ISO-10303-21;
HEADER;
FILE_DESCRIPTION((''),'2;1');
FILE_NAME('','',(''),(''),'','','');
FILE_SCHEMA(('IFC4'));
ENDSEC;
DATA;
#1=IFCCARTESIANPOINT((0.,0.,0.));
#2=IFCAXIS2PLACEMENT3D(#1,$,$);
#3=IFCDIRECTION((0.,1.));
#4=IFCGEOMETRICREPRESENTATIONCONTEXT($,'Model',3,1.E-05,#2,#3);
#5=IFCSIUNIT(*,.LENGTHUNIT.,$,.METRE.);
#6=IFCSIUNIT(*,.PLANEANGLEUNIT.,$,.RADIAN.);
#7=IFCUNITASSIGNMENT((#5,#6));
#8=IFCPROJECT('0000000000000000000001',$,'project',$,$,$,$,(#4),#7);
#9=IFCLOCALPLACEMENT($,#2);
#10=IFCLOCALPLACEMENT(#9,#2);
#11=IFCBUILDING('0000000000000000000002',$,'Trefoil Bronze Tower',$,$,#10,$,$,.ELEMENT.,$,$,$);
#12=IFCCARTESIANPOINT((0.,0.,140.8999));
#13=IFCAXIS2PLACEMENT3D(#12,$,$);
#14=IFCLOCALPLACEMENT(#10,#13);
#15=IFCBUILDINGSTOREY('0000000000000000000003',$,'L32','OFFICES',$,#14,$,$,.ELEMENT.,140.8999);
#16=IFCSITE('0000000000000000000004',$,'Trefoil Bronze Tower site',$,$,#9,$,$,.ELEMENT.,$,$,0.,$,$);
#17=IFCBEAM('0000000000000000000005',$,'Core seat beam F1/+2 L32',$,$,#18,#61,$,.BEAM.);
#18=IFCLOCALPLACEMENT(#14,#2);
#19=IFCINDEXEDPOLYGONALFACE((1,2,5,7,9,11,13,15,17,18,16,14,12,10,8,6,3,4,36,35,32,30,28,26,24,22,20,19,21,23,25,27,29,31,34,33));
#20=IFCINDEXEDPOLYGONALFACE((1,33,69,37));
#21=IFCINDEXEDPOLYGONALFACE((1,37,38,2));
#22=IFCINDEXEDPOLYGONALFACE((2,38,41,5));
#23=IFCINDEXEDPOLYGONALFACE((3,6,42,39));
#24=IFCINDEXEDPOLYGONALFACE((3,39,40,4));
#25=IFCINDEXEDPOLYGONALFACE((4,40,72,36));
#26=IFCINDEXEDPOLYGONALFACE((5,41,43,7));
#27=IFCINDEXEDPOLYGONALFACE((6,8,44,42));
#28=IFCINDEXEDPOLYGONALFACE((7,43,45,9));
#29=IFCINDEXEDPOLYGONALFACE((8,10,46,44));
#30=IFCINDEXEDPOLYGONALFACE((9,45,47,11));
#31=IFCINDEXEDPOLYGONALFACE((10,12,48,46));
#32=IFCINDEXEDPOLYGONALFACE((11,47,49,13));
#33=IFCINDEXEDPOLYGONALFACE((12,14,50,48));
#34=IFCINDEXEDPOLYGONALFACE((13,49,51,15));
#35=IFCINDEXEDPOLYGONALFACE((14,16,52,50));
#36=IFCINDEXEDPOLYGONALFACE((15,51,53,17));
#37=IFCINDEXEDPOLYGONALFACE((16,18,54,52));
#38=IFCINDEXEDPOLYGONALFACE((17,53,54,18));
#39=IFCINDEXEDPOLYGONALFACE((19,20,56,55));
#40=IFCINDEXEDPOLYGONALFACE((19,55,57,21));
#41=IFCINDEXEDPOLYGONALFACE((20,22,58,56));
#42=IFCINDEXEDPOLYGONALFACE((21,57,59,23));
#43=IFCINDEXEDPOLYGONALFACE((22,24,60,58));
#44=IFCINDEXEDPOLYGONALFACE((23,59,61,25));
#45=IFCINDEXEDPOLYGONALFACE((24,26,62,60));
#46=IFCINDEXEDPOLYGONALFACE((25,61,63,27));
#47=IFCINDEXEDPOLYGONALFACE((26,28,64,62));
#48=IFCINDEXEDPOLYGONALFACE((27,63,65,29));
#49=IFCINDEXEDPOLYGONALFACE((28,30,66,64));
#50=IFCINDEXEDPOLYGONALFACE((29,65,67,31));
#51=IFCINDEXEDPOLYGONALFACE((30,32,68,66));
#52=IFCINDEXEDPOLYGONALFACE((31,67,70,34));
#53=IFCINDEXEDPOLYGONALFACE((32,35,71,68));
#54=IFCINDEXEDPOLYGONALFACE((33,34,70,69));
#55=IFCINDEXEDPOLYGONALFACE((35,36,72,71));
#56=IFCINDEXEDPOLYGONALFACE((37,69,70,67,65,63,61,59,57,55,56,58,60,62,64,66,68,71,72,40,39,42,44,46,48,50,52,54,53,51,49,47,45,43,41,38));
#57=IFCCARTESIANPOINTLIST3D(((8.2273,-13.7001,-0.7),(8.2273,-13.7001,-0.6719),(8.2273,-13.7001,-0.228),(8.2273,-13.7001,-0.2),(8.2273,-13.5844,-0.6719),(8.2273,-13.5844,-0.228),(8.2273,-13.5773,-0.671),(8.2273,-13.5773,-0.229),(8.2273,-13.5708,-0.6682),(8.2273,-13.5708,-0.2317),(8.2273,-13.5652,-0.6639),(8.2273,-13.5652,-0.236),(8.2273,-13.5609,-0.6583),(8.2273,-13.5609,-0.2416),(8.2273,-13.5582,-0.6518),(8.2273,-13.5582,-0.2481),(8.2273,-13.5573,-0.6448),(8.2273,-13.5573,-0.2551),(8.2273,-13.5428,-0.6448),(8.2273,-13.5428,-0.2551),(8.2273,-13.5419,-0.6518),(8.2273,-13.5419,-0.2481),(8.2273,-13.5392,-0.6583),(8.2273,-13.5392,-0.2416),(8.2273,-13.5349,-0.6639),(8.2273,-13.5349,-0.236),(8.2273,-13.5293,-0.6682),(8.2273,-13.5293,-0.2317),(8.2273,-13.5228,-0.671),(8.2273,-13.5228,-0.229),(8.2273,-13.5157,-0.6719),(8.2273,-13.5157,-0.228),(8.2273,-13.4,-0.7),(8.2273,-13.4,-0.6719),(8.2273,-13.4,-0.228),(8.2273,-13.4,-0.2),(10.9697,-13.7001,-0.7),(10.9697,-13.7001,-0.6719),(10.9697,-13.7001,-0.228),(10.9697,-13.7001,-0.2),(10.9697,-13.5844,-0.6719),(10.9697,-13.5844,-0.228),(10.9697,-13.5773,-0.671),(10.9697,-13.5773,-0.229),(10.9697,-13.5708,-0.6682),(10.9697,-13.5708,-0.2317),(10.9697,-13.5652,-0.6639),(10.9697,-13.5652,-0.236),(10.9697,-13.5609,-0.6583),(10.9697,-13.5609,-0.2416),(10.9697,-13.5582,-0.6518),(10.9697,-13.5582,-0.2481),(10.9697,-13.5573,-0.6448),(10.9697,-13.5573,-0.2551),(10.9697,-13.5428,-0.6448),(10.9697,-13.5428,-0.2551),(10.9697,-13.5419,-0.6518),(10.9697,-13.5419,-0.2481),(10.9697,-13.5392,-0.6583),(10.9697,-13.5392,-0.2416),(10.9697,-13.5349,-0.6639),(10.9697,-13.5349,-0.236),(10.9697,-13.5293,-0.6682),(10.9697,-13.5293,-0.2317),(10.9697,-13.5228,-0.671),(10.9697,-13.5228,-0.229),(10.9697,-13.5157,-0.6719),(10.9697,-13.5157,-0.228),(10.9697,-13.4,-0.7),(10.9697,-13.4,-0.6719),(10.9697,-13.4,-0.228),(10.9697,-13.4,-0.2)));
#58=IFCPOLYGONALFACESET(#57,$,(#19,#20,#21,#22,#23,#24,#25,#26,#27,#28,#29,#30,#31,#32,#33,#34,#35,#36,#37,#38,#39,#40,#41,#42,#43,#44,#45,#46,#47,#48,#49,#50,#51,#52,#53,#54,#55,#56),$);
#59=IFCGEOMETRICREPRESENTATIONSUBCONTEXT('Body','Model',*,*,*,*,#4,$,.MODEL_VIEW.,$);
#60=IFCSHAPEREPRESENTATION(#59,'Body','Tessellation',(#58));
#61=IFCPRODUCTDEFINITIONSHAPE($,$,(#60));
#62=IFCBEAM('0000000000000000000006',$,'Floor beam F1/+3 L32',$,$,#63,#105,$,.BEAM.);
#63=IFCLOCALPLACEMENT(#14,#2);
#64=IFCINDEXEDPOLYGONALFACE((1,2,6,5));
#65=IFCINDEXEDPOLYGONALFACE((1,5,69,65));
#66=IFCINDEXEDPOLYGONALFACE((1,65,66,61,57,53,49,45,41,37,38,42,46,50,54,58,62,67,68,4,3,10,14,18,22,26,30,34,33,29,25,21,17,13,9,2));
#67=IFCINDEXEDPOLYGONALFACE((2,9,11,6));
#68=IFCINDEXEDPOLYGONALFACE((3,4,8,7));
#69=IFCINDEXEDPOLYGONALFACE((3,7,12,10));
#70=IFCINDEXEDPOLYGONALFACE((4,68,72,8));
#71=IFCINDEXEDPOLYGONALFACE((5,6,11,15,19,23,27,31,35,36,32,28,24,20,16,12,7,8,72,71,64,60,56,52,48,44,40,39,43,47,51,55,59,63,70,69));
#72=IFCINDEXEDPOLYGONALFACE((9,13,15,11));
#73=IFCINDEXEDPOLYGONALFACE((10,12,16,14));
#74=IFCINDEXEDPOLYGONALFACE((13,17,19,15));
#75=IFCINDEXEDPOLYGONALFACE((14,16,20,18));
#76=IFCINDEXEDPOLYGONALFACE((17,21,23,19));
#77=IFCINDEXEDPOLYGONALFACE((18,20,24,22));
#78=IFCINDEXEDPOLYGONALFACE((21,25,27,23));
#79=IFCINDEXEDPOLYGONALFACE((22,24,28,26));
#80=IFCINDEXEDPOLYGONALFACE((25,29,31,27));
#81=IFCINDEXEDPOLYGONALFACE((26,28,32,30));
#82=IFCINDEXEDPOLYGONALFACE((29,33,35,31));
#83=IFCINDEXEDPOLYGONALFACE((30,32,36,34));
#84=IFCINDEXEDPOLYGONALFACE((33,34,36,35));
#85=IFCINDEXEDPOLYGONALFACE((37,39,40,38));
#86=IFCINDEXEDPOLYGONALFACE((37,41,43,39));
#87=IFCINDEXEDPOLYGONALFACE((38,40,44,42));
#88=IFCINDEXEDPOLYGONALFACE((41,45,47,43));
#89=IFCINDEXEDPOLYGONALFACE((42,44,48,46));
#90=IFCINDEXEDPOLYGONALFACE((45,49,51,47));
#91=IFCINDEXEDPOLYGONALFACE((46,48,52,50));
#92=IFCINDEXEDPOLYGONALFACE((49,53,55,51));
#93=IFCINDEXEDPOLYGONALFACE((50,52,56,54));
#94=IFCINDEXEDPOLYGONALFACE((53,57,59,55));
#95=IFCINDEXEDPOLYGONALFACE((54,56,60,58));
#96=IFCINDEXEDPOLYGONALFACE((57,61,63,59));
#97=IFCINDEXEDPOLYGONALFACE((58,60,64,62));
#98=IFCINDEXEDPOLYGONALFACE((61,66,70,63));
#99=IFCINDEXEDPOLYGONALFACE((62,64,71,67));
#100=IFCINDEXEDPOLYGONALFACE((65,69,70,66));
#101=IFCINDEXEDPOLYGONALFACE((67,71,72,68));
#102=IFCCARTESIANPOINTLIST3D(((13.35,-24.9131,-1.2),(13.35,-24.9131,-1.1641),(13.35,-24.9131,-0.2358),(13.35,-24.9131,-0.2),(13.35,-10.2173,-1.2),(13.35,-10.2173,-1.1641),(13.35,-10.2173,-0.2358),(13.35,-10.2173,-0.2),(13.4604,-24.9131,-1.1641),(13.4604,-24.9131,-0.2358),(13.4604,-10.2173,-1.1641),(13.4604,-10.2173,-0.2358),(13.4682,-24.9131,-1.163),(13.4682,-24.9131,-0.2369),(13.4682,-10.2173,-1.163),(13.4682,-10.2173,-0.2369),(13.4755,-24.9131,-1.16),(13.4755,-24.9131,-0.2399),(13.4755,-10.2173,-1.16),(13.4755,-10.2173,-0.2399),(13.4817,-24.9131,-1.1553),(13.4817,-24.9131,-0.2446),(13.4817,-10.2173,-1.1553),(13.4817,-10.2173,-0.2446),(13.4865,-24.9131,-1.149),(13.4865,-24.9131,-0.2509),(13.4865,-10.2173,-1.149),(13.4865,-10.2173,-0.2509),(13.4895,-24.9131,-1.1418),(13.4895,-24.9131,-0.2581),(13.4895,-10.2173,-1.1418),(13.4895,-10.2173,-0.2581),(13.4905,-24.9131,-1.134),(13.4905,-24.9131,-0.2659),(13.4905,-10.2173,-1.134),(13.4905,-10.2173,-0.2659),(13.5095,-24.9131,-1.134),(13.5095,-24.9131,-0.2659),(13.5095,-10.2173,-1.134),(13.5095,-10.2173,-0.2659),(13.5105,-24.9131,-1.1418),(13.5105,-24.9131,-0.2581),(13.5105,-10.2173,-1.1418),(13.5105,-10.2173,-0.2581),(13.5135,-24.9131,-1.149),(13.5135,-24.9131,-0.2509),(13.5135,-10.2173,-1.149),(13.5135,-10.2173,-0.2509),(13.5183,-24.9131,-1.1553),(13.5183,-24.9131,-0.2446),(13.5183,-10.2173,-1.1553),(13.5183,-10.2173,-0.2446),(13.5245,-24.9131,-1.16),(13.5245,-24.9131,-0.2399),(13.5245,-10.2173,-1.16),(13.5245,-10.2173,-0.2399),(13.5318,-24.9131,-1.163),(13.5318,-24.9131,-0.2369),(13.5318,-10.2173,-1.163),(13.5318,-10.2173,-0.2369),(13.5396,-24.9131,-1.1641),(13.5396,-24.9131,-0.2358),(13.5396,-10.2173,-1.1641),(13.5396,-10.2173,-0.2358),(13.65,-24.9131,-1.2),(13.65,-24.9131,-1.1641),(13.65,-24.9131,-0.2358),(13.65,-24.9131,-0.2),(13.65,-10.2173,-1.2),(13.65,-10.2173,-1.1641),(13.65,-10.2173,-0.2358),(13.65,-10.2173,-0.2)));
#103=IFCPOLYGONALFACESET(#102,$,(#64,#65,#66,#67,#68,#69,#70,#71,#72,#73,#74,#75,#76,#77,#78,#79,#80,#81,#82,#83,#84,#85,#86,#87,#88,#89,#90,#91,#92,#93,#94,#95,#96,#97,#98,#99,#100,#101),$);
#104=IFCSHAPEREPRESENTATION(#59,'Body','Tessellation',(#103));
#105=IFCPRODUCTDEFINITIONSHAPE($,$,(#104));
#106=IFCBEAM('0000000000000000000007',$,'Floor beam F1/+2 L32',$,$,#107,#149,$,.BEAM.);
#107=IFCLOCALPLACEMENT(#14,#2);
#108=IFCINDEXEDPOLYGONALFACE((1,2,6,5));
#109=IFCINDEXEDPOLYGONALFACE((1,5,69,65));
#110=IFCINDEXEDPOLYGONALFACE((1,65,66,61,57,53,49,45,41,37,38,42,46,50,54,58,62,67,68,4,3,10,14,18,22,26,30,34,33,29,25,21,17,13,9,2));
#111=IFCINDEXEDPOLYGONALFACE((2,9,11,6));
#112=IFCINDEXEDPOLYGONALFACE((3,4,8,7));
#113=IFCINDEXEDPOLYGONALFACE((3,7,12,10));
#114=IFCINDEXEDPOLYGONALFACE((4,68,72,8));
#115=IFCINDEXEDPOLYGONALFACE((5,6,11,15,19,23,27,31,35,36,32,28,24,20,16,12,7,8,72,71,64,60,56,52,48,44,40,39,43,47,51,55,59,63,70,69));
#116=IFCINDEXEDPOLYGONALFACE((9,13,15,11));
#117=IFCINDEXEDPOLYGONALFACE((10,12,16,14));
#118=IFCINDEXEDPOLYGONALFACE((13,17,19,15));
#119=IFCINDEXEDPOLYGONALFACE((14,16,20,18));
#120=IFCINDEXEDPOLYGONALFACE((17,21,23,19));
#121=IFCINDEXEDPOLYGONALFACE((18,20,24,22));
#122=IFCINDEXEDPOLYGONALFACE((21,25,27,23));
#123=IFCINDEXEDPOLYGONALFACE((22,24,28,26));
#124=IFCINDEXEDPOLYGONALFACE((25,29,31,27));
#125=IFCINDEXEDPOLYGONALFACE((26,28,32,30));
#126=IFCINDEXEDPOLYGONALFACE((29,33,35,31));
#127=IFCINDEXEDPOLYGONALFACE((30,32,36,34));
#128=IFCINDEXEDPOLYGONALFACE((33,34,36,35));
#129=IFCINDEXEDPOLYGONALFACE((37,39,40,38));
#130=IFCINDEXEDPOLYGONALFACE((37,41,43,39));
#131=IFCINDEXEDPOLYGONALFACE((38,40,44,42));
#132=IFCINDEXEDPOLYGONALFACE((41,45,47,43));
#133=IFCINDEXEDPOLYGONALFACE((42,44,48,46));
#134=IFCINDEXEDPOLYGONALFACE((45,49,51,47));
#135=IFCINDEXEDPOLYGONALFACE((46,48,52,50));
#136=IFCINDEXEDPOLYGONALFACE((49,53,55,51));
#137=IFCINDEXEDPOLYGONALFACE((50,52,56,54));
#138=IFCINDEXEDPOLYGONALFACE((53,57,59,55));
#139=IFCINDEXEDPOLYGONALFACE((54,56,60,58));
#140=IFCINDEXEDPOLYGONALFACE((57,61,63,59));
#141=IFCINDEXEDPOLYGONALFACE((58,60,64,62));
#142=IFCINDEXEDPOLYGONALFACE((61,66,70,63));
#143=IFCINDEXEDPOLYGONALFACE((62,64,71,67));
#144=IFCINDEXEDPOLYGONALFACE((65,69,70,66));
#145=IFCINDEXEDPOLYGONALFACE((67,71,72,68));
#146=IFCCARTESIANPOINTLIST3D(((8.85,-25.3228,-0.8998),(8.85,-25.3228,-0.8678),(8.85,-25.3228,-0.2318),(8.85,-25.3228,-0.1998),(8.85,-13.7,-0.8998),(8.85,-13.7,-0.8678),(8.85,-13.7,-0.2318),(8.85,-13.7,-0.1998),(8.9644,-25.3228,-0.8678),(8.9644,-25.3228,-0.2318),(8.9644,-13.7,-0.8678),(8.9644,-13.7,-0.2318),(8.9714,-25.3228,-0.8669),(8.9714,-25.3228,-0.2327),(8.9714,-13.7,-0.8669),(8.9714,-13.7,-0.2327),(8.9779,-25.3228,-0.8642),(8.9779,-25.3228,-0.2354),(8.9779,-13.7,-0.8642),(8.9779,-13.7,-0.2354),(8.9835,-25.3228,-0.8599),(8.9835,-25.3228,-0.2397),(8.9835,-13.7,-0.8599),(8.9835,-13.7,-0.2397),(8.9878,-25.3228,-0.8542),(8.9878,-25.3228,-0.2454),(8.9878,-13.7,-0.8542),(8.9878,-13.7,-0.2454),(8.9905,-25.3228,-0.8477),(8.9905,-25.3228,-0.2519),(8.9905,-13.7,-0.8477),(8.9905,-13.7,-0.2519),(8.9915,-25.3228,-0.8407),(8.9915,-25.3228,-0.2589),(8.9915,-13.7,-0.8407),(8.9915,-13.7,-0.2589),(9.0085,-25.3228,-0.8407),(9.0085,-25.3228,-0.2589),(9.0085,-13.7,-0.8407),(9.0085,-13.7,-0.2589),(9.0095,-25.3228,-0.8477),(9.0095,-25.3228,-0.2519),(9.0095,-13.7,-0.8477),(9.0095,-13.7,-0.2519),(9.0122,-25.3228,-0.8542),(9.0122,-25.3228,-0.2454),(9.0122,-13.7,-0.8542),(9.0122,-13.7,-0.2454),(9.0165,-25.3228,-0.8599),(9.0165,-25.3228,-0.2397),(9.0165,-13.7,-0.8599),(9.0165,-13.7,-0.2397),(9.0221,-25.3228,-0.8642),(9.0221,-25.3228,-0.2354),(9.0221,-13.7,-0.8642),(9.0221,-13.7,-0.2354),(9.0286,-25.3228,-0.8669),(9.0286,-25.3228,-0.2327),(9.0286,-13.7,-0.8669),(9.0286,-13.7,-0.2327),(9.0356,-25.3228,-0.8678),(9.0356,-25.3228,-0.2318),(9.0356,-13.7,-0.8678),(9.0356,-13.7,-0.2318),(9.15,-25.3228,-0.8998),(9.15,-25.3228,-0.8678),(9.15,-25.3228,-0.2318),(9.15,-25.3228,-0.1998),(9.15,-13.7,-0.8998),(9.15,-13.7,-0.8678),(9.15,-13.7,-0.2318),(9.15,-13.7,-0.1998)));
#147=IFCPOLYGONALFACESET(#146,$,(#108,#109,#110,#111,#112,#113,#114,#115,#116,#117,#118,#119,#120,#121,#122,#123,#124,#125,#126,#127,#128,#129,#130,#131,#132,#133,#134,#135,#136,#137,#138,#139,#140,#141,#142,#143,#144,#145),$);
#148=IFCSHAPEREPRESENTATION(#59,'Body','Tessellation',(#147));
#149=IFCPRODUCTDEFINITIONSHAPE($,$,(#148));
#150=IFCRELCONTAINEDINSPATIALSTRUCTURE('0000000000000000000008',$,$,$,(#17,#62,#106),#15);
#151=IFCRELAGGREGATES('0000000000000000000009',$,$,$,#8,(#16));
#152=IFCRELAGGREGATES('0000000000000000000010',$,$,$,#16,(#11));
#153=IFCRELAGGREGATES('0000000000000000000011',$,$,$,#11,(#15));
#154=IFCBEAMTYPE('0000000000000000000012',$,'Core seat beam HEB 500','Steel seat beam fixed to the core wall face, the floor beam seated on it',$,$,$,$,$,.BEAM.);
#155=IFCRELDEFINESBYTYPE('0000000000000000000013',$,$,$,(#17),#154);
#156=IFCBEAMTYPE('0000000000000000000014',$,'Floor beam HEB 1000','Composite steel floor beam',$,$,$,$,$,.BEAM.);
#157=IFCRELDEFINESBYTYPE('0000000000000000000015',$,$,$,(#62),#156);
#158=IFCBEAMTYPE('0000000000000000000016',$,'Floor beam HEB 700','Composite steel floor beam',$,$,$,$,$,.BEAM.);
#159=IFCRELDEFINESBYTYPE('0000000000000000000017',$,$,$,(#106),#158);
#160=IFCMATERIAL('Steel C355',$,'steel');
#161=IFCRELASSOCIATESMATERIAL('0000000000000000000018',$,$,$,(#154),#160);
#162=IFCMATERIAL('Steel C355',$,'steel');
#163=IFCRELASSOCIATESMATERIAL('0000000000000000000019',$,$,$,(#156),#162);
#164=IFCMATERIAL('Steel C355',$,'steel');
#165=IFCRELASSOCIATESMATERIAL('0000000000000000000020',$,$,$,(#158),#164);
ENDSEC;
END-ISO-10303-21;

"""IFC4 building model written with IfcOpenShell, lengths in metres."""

from ifc_helpers import new_model, si_unit, direction, frame, origin, origin_2d, place, context, subcontext, project, spatial, i_section, extrude, material, material_profile, profile_set, type_object, element, save


model = new_model("IFC4")

# Units and contexts
model_context = context("Model", 3, precision=1e-05, world=origin(), true_north=direction((0.0, 1.0)))
body_context = subcontext(model_context, "Body", "Model", "MODEL_VIEW")
ifc_project = project(units=[si_unit("LENGTHUNIT", "METRE"), si_unit("PLANEANGLEUNIT", "RADIAN")], contexts=[model_context])

# Site, building, storey
site_placement = place(None, origin())
site = spatial("IfcSite", under=ifc_project, at=site_placement, Name="Trefoil Bronze Tower site", CompositionType="ELEMENT", RefElevation=0.0)
building_placement = place(site_placement, origin())
building = spatial("IfcBuilding", under=site, at=building_placement, Name="Trefoil Bronze Tower", CompositionType="ELEMENT")
storey_placement = place(building_placement, frame((0.0, 0.0, 140.8999)))
storey = spatial("IfcBuildingStorey", under=building, at=storey_placement, Name="L32", Description="OFFICES", CompositionType="ELEMENT", Elevation=140.8999)

# Beams
ifc_material_1 = material(Name="Steel C355", Category="steel")
ifc_material_profile_1 = material_profile(ifc_material_1, i_section(OverallWidth=0.3, OverallDepth=0.5, WebThickness=0.0144, FlangeThickness=0.0281, FilletRadius=0.0271, at=origin_2d()), Name="HEB 500")
ifc_profile_set_1 = profile_set([ifc_material_profile_1], Name="Steel C355")
beam_type_1 = type_object("IfcBeamType", Name="Core seat beam HEB 500", Description="Steel seat beam fixed to the core wall face, the floor beam seated on it", PredefinedType="BEAM", material=ifc_profile_set_1)
for number, where, z_axis, x_axis, name in (
    (1, (8.2273, -13.55, -0.45), (1.0, 0.0, 0.0), (0.0, 1.0, 0.0), "Core seat beam F1/+2 L32"),
):
    element("IfcBeam", number, at=place(storey_placement, frame(where, z_axis=z_axis, x_axis=x_axis)), inside=storey, type_object=beam_type_1, Name=name, PredefinedType="BEAM", context=body_context, shape_type="SweptSolid", body=[
        extrude(i_section(OverallWidth=0.3, OverallDepth=0.5, WebThickness=0.0144, FlangeThickness=0.0281, FilletRadius=0.0271, at=origin_2d()), origin(), (0.0, 0.0, 1.0), 2.7424),
    ])
ifc_material_2 = material(Name="Steel C355", Category="steel")
ifc_material_profile_2 = material_profile(ifc_material_2, i_section(OverallWidth=0.3, OverallDepth=1.0, WebThickness=0.019, FlangeThickness=0.0359, FilletRadius=0.03, at=origin_2d()), Name="HEB 1000")
ifc_profile_set_2 = profile_set([ifc_material_profile_2], Name="Steel C355")
beam_type_2 = type_object("IfcBeamType", Name="Floor beam HEB 1000", Description="Composite steel floor beam", PredefinedType="BEAM", material=ifc_profile_set_2)
beam_1_placement = place(storey_placement, frame((13.5, -24.9131, -0.7), z_axis=(0.0, 1.0, 0.0), x_axis=(-1.0, 0.0, 0.0)))
element("IfcBeam", 2, at=beam_1_placement, inside=storey, type_object=beam_type_2, Name="Floor beam F1/+3 L32", PredefinedType="BEAM", context=body_context, shape_type="SweptSolid", body=[
    extrude(i_section(OverallWidth=0.3, OverallDepth=1.0, WebThickness=0.019, FlangeThickness=0.0359, FilletRadius=0.03, at=origin_2d()), origin(), (0.0, 0.0, 1.0), 14.6958),
])
ifc_material_3 = material(Name="Steel C355", Category="steel")
ifc_material_profile_3 = material_profile(ifc_material_3, i_section(OverallWidth=0.3, OverallDepth=0.7, WebThickness=0.0171, FlangeThickness=0.032, FilletRadius=0.0271, at=origin_2d()), Name="HEB 700")
ifc_profile_set_3 = profile_set([ifc_material_profile_3], Name="Steel C355")
beam_type_3 = type_object("IfcBeamType", Name="Floor beam HEB 700", Description="Composite steel floor beam", PredefinedType="BEAM", material=ifc_profile_set_3)
beam_2_placement = place(storey_placement, frame((9.0, -25.3228, -0.5498), z_axis=(0.0, 1.0, 0.0), x_axis=(-1.0, 0.0, 0.0)))
element("IfcBeam", 3, at=beam_2_placement, inside=storey, type_object=beam_type_3, Name="Floor beam F1/+2 L32", PredefinedType="BEAM", context=body_context, shape_type="SweptSolid", body=[
    extrude(i_section(OverallWidth=0.3, OverallDepth=0.7, WebThickness=0.0171, FlangeThickness=0.032, FilletRadius=0.0271, at=origin_2d()), origin(), (0.0, 0.0, 1.0), 11.6228),
])

save(model, "model.ifc")
